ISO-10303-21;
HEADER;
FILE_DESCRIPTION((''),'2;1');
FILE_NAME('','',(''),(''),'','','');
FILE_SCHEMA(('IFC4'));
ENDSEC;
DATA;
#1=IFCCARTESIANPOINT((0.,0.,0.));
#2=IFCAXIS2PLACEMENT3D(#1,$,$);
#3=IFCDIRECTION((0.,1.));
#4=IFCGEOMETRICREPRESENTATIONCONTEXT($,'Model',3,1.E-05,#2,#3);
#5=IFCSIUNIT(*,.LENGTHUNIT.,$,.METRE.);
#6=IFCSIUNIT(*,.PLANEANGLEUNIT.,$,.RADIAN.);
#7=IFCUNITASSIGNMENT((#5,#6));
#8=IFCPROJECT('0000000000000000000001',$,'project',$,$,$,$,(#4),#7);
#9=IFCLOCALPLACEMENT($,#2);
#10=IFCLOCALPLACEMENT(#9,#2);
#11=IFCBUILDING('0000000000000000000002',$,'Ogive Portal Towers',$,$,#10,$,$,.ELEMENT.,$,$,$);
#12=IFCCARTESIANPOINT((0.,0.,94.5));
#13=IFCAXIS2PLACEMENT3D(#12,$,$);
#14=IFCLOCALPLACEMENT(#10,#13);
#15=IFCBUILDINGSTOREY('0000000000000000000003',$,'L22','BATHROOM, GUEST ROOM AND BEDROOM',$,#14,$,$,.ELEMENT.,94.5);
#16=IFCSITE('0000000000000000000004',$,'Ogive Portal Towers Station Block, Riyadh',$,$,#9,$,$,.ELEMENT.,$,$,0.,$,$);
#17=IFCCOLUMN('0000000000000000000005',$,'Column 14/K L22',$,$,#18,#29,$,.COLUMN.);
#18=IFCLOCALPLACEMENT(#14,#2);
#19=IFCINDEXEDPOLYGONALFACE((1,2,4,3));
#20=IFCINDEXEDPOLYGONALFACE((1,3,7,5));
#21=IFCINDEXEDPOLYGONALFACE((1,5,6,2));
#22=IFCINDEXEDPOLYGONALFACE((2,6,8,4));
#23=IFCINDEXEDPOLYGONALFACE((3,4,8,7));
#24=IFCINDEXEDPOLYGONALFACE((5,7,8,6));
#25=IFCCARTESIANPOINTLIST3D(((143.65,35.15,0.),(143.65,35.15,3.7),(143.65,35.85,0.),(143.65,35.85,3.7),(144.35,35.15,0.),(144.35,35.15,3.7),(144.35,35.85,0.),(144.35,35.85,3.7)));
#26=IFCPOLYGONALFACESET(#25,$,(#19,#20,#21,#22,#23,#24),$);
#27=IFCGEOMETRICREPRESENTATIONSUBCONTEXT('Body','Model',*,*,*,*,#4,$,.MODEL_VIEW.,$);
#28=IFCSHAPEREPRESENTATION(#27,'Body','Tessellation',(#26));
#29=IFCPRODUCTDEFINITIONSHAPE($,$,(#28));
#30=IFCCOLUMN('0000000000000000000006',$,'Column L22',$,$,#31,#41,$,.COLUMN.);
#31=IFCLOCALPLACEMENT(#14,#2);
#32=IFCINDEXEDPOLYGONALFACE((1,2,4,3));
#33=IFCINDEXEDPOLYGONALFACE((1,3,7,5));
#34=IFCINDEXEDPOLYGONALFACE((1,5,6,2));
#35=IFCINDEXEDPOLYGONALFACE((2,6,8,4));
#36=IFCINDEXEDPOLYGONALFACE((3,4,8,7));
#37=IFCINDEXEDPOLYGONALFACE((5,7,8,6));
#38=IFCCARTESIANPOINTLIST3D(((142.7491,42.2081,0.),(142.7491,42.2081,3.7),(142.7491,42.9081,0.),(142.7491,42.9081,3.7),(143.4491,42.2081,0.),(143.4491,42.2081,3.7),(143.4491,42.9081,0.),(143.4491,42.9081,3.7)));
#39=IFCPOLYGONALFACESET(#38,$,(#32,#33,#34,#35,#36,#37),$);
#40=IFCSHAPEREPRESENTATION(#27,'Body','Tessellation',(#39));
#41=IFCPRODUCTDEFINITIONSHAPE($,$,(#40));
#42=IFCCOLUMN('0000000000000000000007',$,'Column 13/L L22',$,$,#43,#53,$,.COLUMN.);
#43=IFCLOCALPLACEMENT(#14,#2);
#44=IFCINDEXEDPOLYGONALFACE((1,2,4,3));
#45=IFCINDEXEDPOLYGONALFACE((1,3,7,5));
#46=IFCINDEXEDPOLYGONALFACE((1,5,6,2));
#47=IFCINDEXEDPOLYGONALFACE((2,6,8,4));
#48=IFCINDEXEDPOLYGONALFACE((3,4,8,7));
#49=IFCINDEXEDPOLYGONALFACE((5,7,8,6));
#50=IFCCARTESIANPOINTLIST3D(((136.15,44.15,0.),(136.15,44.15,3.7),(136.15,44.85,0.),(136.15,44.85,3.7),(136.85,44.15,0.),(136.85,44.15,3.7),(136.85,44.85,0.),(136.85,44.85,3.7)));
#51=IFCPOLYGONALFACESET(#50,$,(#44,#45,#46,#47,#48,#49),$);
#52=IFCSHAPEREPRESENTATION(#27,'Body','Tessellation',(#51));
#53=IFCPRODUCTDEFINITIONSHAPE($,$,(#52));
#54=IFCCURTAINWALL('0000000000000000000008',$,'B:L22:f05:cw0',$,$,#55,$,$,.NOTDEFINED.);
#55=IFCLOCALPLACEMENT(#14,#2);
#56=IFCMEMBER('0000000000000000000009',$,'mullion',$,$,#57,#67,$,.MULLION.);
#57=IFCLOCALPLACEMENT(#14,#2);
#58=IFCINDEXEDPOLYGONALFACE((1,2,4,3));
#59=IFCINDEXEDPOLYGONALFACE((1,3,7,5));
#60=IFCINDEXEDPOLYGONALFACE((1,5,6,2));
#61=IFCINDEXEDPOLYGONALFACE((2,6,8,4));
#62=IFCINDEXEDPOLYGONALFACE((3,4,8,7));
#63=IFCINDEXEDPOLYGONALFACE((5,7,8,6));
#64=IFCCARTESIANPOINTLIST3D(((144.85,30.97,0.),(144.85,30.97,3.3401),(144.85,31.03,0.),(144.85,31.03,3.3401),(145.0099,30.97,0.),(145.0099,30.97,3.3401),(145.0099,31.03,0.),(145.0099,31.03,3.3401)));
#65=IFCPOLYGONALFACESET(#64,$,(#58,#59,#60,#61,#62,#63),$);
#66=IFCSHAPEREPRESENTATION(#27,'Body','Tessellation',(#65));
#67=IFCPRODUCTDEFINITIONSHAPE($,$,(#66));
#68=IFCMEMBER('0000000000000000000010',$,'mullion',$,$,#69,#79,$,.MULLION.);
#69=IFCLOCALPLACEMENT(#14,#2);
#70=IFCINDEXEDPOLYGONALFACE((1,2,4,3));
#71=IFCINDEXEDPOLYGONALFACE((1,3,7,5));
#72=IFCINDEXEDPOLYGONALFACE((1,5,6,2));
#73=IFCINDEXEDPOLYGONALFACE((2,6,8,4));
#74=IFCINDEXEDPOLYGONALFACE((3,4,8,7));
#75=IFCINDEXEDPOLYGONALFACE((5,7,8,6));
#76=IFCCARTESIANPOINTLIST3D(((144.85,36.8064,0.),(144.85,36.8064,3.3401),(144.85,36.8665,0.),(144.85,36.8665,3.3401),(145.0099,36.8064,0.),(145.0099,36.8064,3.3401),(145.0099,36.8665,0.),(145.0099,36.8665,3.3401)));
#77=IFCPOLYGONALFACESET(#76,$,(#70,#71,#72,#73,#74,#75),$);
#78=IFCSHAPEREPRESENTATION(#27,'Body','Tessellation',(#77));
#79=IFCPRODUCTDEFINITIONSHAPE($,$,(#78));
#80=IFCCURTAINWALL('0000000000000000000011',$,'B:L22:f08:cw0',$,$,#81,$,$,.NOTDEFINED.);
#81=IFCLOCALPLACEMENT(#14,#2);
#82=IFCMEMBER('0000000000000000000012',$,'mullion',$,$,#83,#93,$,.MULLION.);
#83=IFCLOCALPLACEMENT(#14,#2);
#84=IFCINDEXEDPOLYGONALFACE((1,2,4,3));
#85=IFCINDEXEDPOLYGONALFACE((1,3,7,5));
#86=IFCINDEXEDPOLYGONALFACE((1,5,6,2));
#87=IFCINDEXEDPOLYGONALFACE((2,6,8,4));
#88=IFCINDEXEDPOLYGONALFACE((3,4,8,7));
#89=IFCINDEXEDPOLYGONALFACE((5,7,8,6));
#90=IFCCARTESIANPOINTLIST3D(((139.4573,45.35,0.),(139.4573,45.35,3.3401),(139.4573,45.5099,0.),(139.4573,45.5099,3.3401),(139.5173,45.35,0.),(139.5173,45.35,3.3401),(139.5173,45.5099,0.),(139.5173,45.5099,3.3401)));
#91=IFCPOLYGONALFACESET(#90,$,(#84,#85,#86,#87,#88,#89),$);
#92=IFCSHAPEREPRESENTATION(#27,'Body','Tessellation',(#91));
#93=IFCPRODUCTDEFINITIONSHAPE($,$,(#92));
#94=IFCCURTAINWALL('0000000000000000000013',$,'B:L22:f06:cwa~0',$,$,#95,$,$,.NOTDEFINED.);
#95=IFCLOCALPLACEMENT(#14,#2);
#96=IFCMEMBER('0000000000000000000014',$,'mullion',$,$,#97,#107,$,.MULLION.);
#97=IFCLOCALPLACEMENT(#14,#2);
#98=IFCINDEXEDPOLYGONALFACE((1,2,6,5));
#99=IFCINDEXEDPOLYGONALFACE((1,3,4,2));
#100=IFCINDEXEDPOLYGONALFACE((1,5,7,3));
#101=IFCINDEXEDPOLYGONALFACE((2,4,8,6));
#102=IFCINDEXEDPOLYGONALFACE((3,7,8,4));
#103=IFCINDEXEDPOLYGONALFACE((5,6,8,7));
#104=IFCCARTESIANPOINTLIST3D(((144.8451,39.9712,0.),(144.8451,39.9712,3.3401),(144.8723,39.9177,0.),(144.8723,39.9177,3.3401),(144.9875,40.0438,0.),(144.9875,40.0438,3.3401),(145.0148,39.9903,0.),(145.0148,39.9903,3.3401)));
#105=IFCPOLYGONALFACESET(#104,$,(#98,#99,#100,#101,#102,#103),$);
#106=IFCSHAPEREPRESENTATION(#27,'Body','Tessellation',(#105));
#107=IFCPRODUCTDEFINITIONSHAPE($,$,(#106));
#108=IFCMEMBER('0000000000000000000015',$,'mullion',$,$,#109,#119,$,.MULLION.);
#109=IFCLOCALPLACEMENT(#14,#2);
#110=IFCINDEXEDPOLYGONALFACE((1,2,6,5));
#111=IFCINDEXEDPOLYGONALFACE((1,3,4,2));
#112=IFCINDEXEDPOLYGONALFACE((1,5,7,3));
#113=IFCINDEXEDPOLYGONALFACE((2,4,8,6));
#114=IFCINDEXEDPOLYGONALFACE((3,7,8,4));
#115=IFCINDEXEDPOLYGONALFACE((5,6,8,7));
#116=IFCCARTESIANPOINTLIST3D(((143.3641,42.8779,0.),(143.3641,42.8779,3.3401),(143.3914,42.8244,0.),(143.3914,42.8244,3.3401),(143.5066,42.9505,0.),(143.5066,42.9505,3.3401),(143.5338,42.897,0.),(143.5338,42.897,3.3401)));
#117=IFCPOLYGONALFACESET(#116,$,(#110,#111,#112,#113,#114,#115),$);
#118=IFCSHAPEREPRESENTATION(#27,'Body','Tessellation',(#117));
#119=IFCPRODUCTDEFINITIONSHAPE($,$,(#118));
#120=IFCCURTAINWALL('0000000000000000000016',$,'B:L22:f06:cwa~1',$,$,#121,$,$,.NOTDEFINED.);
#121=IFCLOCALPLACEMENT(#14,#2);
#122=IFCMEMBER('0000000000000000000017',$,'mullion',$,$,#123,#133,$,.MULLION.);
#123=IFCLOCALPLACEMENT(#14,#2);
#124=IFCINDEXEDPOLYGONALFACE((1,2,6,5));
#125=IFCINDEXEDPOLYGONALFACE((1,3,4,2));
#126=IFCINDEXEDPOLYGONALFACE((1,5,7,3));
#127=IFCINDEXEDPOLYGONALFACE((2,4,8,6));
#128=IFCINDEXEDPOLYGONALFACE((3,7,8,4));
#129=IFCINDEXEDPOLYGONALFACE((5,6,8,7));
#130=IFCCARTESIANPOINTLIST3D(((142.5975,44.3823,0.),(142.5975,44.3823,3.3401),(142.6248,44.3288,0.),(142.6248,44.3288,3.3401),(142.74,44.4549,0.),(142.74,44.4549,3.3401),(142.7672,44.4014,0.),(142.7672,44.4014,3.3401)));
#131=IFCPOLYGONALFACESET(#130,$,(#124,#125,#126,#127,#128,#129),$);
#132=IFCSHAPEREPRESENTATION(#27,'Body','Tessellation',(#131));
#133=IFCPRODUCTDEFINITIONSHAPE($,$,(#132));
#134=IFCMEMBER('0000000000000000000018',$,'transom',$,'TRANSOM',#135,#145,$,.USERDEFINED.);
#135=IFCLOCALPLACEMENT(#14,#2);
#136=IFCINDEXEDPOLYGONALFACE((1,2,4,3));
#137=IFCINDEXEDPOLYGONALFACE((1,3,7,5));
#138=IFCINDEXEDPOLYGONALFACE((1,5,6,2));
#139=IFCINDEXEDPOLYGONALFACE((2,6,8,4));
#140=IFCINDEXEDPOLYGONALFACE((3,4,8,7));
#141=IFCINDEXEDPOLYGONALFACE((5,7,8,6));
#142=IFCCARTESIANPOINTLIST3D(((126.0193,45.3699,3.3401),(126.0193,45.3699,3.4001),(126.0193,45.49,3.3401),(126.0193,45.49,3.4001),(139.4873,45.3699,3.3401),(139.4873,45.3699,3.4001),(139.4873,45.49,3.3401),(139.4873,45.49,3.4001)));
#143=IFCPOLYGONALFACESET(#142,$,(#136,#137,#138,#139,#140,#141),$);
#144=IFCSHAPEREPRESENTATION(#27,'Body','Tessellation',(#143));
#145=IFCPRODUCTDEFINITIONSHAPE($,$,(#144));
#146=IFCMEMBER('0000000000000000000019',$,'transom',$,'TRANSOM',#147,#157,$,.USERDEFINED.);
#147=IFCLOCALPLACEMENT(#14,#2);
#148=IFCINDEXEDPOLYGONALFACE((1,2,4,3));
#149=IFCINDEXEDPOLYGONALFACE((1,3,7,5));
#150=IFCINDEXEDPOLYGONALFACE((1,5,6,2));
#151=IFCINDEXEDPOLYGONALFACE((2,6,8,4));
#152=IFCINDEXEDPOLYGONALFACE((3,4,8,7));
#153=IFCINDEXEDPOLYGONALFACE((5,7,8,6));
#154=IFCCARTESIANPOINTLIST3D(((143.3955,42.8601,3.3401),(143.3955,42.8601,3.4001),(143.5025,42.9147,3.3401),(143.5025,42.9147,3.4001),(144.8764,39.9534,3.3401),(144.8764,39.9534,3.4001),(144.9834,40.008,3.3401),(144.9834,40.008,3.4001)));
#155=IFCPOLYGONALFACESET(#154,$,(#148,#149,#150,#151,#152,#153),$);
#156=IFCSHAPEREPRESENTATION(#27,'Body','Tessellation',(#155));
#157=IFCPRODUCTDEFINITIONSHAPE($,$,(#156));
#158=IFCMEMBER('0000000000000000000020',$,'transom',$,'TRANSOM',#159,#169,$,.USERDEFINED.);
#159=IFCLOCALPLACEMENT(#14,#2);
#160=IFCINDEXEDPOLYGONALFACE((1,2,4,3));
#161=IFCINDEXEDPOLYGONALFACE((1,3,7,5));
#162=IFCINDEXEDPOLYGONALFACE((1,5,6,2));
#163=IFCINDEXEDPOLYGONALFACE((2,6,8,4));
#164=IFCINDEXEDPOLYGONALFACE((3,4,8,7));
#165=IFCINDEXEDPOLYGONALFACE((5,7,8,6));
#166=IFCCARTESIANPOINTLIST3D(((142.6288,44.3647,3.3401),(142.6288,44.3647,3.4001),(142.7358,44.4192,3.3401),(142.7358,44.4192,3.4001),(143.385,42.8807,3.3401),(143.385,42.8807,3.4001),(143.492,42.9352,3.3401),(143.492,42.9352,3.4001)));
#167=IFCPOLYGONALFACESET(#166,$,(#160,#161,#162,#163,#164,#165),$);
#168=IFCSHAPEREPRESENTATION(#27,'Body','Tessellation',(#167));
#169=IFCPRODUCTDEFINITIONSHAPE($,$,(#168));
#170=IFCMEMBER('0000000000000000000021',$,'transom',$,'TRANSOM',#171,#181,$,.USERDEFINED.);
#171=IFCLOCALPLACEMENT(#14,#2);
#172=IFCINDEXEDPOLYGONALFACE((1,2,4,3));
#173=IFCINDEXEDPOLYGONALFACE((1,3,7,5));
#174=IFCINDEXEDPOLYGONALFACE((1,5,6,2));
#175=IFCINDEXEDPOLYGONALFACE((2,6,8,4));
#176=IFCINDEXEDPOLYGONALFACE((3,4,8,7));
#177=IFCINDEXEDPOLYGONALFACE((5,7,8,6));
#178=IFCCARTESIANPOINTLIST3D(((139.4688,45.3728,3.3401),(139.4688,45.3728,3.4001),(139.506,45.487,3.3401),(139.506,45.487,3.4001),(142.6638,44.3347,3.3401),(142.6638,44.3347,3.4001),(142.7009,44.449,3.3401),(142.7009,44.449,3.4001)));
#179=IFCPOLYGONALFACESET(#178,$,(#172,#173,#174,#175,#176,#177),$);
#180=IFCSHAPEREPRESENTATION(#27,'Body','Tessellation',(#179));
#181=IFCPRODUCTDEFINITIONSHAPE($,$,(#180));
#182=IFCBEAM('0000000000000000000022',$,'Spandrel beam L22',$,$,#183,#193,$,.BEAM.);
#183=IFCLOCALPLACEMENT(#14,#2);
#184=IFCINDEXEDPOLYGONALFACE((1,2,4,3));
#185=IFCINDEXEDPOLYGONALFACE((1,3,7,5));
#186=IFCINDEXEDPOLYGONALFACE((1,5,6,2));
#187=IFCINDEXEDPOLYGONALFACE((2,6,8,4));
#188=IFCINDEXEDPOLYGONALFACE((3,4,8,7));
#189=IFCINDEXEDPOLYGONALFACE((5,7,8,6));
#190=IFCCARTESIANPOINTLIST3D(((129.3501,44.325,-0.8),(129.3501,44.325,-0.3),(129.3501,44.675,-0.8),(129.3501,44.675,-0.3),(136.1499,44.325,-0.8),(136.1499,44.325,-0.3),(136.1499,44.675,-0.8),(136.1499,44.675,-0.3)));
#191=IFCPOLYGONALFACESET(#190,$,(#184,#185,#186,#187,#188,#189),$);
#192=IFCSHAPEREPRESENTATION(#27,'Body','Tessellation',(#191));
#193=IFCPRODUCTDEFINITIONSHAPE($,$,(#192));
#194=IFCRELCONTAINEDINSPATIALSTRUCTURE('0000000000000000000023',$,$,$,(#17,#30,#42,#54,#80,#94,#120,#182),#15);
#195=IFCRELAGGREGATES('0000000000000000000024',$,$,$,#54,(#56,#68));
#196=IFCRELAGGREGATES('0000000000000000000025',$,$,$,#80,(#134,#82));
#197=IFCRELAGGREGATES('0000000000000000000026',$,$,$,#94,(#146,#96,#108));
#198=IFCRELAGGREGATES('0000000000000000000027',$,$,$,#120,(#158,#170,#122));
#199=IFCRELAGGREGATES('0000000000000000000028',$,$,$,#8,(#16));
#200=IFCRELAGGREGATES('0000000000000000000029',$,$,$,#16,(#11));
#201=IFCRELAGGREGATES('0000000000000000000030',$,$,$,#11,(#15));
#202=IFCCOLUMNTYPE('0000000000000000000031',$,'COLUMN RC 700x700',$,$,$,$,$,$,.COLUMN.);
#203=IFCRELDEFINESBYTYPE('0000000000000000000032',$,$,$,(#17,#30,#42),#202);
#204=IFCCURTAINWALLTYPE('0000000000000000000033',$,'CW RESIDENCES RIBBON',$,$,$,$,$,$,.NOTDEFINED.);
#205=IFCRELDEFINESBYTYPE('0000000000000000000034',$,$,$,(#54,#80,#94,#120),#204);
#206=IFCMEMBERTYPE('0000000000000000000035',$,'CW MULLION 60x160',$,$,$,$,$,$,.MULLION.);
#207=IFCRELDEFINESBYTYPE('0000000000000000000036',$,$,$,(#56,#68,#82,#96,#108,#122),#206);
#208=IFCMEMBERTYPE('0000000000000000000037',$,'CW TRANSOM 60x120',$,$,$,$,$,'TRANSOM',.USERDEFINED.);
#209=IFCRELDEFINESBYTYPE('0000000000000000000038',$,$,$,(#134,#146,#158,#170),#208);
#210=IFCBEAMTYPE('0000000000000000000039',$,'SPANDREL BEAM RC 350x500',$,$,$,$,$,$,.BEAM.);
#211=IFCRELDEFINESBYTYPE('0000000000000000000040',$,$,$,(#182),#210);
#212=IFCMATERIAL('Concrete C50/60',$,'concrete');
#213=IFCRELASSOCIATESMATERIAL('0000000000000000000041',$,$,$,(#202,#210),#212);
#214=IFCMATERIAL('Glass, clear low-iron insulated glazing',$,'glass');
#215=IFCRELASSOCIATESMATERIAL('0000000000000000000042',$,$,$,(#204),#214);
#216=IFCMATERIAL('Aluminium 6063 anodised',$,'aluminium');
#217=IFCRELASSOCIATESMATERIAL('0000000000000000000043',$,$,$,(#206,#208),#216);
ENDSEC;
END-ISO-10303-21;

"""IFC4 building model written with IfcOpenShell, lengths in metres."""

from ifc_helpers import new_model, si_unit, direction, frame, origin, origin_2d, place, context, subcontext, project, spatial, rectangle, extrude, material, material_profile, profile_set, type_object, element, aggregate, save


model = new_model("IFC4")

# Units and contexts
model_context = context("Model", 3, precision=1e-05, world=origin(), true_north=direction((0.0, 1.0)))
body_context = subcontext(model_context, "Body", "Model", "MODEL_VIEW")
ifc_project = project(units=[si_unit("LENGTHUNIT", "METRE"), si_unit("PLANEANGLEUNIT", "RADIAN")], contexts=[model_context])

# Site, building, storey
site_placement = place(None, origin())
site = spatial("IfcSite", under=ifc_project, at=site_placement, Name="Ogive Portal Towers Station Block, Riyadh", CompositionType="ELEMENT", RefElevation=0.0)
building_placement = place(site_placement, origin())
building = spatial("IfcBuilding", under=site, at=building_placement, Name="Ogive Portal Towers", CompositionType="ELEMENT")
storey_placement = place(building_placement, frame((0.0, 0.0, 94.5)))
storey = spatial("IfcBuildingStorey", under=building, at=storey_placement, Name="L22", Description="BATHROOM, GUEST ROOM AND BEDROOM", CompositionType="ELEMENT", Elevation=94.5)

# Columns
ifc_material_1 = material(Name="Concrete C50/60", Category="concrete")
ifc_material_profile_1 = material_profile(ifc_material_1, rectangle(XDim=0.7, YDim=0.7, at=origin_2d()), Name="RC 700x700")
ifc_profile_set_1 = profile_set([ifc_material_profile_1], Name="Concrete C50/60")
column_type = type_object("IfcColumnType", Name="COLUMN RC 700x700", PredefinedType="COLUMN", material=ifc_profile_set_1)
for number, where, z_axis, x_axis, name in (
    (1, (144.0, 35.5, 0.0), (0.0, 0.0, 1.0), (1.0, 0.0, 0.0), "Column 14/K L22"),
    (2, (143.0991, 42.5581, 0.0), (0.0, 0.0, 1.0), (1.0, 0.0, 0.0), "Column L22"),
    (3, (136.5, 44.5, 0.0), (0.0, 0.0, 1.0), (1.0, 0.0, 0.0), "Column 13/L L22"),
):
    element("IfcColumn", number, at=place(storey_placement, frame(where, z_axis=z_axis, x_axis=x_axis)), inside=storey, type_object=column_type, Name=name, PredefinedType="COLUMN", context=body_context, shape_type="SweptSolid", body=[
        extrude(rectangle(XDim=0.7, YDim=0.7, at=origin_2d()), origin(), (0.0, 0.0, 1.0), 3.7),
    ])

# Curtain wall, members
ifc_material_2 = material(Name="Glass, clear low-iron insulated glazing", Category="glass")
curtain_wall_type = type_object("IfcCurtainWallType", Name="CW RESIDENCES RIBBON", PredefinedType="NOTDEFINED", material=ifc_material_2)
curtain_wall_1_placement = place(storey_placement, origin())
curtain_wall_1 = element("IfcCurtainWall", 4, at=curtain_wall_1_placement, inside=storey, type_object=curtain_wall_type, Name="B:L22:f05:cw0", PredefinedType="NOTDEFINED")
ifc_material_3 = material(Name="Aluminium 6063 anodised", Category="aluminium")
ifc_material_profile_2 = material_profile(ifc_material_3, rectangle(XDim=0.1599, YDim=0.0601, at=origin_2d()), Name="AL 60x160")
ifc_profile_set_2 = profile_set([ifc_material_profile_2], Name="Aluminium 6063 anodised")
member_type_1 = type_object("IfcMemberType", Name="CW MULLION 60x160", PredefinedType="MULLION", material=ifc_profile_set_2)
member_1_placement = place(storey_placement, frame((144.9299, 31.0, 0.0), z_axis=(0.0, 0.0, 1.0), x_axis=(-1.0, 0.0, 0.0)))
member_1 = element("IfcMember", 5, at=member_1_placement, type_object=member_type_1, Name="mullion", PredefinedType="MULLION", context=body_context, shape_type="SweptSolid", body=[
    extrude(rectangle(XDim=0.1599, YDim=0.0601, at=origin_2d()), origin(), (0.0, 0.0, 1.0), 3.3401),
])
member_2_placement = place(storey_placement, frame((144.9299, 36.8364, 0.0), z_axis=(0.0, 0.0, 1.0), x_axis=(-1.0, 0.0, 0.0)))
member_2 = element("IfcMember", 6, at=member_2_placement, type_object=member_type_1, Name="mullion", PredefinedType="MULLION", context=body_context, shape_type="SweptSolid", body=[
    extrude(rectangle(XDim=0.1599, YDim=0.0601, at=origin_2d()), origin(), (0.0, 0.0, 1.0), 3.3401),
])

# Curtain wall, member
curtain_wall_2_placement = place(storey_placement, origin())
curtain_wall_2 = element("IfcCurtainWall", 7, at=curtain_wall_2_placement, inside=storey, type_object=curtain_wall_type, Name="B:L22:f08:cw0", PredefinedType="NOTDEFINED")
member_3_placement = place(storey_placement, frame((139.4873, 45.4299, 0.0), z_axis=(0.0, 0.0, 1.0), x_axis=(0.0, -1.0, 0.0)))
member_3 = element("IfcMember", 8, at=member_3_placement, type_object=member_type_1, Name="mullion", PredefinedType="MULLION", context=body_context, shape_type="SweptSolid", body=[
    extrude(rectangle(XDim=0.1599, YDim=0.0601, at=origin_2d()), origin(), (0.0, 0.0, 1.0), 3.3401),
])

# Curtain wall, members
curtain_wall_3_placement = place(storey_placement, origin())
curtain_wall_3 = element("IfcCurtainWall", 9, at=curtain_wall_3_placement, inside=storey, type_object=curtain_wall_type, Name="B:L22:f06:cwa~0", PredefinedType="NOTDEFINED")
member_4_placement = place(storey_placement, frame((144.9299, 39.9807, 0.0), z_axis=(0.0, 0.0, 1.0), x_axis=(-0.891007, -0.45399, 0.0)))
member_4 = element("IfcMember", 10, at=member_4_placement, type_object=member_type_1, Name="mullion", PredefinedType="MULLION", context=body_context, shape_type="SweptSolid", body=[
    extrude(rectangle(XDim=0.1599, YDim=0.0601, at=origin_2d()), origin(), (0.0, 0.0, 1.0), 3.3401),
])
member_5_placement = place(storey_placement, frame((143.449, 42.8875, 0.0), z_axis=(0.0, 0.0, 1.0), x_axis=(-0.891007, -0.45399, 0.0)))
member_5 = element("IfcMember", 11, at=member_5_placement, type_object=member_type_1, Name="mullion", PredefinedType="MULLION", context=body_context, shape_type="SweptSolid", body=[
    extrude(rectangle(XDim=0.1599, YDim=0.0601, at=origin_2d()), origin(), (0.0, 0.0, 1.0), 3.3401),
])

# Curtain wall, member
curtain_wall_4_placement = place(storey_placement, origin())
curtain_wall_4 = element("IfcCurtainWall", 12, at=curtain_wall_4_placement, inside=storey, type_object=curtain_wall_type, Name="B:L22:f06:cwa~1", PredefinedType="NOTDEFINED")
member_6_placement = place(storey_placement, frame((142.6824, 44.3918, 0.0), z_axis=(0.0, 0.0, 1.0), x_axis=(-0.891007, -0.45399, 0.0)))
member_6 = element("IfcMember", 13, at=member_6_placement, type_object=member_type_1, Name="mullion", PredefinedType="MULLION", context=body_context, shape_type="SweptSolid", body=[
    extrude(rectangle(XDim=0.1599, YDim=0.0601, at=origin_2d()), origin(), (0.0, 0.0, 1.0), 3.3401),
])

# Members
ifc_material_profile_3 = material_profile(ifc_material_3, rectangle(XDim=0.1201, YDim=0.0601, at=origin_2d()), Name="AL 120x60")
ifc_profile_set_3 = profile_set([ifc_material_profile_3], Name="Aluminium 6063 anodised")
member_type_2 = type_object("IfcMemberType", Name="CW TRANSOM 60x120", ElementType="TRANSOM", PredefinedType="USERDEFINED", material=ifc_profile_set_3)
member_7_placement = place(storey_placement, frame((139.4873, 45.4299, 3.3701), z_axis=(-1.0, 0.0, 0.0), x_axis=(0.0, -1.0, 0.0)))
member_7 = element("IfcMember", 14, at=member_7_placement, type_object=member_type_2, Name="transom", ObjectType="TRANSOM", PredefinedType="USERDEFINED", context=body_context, shape_type="SweptSolid", body=[
    extrude(rectangle(XDim=0.1201, YDim=0.0601, at=origin_2d()), origin(), (0.0, 0.0, 1.0), 13.468),
])
member_8_placement = place(storey_placement, frame((144.9299, 39.9807, 3.3701), z_axis=(-0.453966, 0.891019, 0.0), x_axis=(-0.891019, -0.453966, 0.0)))
member_8 = element("IfcMember", 15, at=member_8_placement, type_object=member_type_2, Name="transom", ObjectType="TRANSOM", PredefinedType="USERDEFINED", context=body_context, shape_type="SweptSolid", body=[
    extrude(rectangle(XDim=0.1201, YDim=0.0601, at=origin_2d()), origin(), (0.0, 0.0, 1.0), 3.2622),
])
member_9_placement = place(storey_placement, frame((143.4385, 42.908, 3.3701), z_axis=(-0.454003, 0.891, 0.0), x_axis=(-0.891, -0.454003, 0.0)))
member_9 = element("IfcMember", 16, at=member_9_placement, type_object=member_type_2, Name="transom", ObjectType="TRANSOM", PredefinedType="USERDEFINED", context=body_context, shape_type="SweptSolid", body=[
    extrude(rectangle(XDim=0.1201, YDim=0.0601, at=origin_2d()), origin(), (0.0, 0.0, 1.0), 1.6655),
])
member_10_placement = place(storey_placement, frame((142.6824, 44.3918, 3.3701), z_axis=(-0.951061, 0.309002, 0.0), x_axis=(-0.309002, -0.951061, 0.0)))
member_10 = element("IfcMember", 17, at=member_10_placement, type_object=member_type_2, Name="transom", ObjectType="TRANSOM", PredefinedType="USERDEFINED", context=body_context, shape_type="SweptSolid", body=[
    extrude(rectangle(XDim=0.1201, YDim=0.0601, at=origin_2d()), origin(), (0.0, 0.0, 1.0), 3.3594),
])

# Beam
ifc_material_profile_4 = material_profile(ifc_material_1, rectangle(XDim=0.3501, YDim=0.5, at=origin_2d()), Name="RC 350x500")
ifc_profile_set_4 = profile_set([ifc_material_profile_4], Name="Concrete C50/60")
beam_type = type_object("IfcBeamType", Name="SPANDREL BEAM RC 350x500", PredefinedType="BEAM", material=ifc_profile_set_4)
beam_placement = place(storey_placement, frame((136.1499, 44.5, -0.55), z_axis=(-1.0, 0.0, 0.0), x_axis=(0.0, -1.0, 0.0)))
element("IfcBeam", 18, at=beam_placement, inside=storey, type_object=beam_type, Name="Spandrel beam L22", PredefinedType="BEAM", context=body_context, shape_type="SweptSolid", body=[
    extrude(rectangle(XDim=0.3501, YDim=0.5, at=origin_2d()), origin(), (0.0, 0.0, 1.0), 6.7998),
])

aggregate(curtain_wall_1, [member_1, member_2])
aggregate(curtain_wall_2, [member_7, member_3])
aggregate(curtain_wall_3, [member_8, member_4, member_5])
aggregate(curtain_wall_4, [member_9, member_10, member_6])

save(model, "model.ifc")
